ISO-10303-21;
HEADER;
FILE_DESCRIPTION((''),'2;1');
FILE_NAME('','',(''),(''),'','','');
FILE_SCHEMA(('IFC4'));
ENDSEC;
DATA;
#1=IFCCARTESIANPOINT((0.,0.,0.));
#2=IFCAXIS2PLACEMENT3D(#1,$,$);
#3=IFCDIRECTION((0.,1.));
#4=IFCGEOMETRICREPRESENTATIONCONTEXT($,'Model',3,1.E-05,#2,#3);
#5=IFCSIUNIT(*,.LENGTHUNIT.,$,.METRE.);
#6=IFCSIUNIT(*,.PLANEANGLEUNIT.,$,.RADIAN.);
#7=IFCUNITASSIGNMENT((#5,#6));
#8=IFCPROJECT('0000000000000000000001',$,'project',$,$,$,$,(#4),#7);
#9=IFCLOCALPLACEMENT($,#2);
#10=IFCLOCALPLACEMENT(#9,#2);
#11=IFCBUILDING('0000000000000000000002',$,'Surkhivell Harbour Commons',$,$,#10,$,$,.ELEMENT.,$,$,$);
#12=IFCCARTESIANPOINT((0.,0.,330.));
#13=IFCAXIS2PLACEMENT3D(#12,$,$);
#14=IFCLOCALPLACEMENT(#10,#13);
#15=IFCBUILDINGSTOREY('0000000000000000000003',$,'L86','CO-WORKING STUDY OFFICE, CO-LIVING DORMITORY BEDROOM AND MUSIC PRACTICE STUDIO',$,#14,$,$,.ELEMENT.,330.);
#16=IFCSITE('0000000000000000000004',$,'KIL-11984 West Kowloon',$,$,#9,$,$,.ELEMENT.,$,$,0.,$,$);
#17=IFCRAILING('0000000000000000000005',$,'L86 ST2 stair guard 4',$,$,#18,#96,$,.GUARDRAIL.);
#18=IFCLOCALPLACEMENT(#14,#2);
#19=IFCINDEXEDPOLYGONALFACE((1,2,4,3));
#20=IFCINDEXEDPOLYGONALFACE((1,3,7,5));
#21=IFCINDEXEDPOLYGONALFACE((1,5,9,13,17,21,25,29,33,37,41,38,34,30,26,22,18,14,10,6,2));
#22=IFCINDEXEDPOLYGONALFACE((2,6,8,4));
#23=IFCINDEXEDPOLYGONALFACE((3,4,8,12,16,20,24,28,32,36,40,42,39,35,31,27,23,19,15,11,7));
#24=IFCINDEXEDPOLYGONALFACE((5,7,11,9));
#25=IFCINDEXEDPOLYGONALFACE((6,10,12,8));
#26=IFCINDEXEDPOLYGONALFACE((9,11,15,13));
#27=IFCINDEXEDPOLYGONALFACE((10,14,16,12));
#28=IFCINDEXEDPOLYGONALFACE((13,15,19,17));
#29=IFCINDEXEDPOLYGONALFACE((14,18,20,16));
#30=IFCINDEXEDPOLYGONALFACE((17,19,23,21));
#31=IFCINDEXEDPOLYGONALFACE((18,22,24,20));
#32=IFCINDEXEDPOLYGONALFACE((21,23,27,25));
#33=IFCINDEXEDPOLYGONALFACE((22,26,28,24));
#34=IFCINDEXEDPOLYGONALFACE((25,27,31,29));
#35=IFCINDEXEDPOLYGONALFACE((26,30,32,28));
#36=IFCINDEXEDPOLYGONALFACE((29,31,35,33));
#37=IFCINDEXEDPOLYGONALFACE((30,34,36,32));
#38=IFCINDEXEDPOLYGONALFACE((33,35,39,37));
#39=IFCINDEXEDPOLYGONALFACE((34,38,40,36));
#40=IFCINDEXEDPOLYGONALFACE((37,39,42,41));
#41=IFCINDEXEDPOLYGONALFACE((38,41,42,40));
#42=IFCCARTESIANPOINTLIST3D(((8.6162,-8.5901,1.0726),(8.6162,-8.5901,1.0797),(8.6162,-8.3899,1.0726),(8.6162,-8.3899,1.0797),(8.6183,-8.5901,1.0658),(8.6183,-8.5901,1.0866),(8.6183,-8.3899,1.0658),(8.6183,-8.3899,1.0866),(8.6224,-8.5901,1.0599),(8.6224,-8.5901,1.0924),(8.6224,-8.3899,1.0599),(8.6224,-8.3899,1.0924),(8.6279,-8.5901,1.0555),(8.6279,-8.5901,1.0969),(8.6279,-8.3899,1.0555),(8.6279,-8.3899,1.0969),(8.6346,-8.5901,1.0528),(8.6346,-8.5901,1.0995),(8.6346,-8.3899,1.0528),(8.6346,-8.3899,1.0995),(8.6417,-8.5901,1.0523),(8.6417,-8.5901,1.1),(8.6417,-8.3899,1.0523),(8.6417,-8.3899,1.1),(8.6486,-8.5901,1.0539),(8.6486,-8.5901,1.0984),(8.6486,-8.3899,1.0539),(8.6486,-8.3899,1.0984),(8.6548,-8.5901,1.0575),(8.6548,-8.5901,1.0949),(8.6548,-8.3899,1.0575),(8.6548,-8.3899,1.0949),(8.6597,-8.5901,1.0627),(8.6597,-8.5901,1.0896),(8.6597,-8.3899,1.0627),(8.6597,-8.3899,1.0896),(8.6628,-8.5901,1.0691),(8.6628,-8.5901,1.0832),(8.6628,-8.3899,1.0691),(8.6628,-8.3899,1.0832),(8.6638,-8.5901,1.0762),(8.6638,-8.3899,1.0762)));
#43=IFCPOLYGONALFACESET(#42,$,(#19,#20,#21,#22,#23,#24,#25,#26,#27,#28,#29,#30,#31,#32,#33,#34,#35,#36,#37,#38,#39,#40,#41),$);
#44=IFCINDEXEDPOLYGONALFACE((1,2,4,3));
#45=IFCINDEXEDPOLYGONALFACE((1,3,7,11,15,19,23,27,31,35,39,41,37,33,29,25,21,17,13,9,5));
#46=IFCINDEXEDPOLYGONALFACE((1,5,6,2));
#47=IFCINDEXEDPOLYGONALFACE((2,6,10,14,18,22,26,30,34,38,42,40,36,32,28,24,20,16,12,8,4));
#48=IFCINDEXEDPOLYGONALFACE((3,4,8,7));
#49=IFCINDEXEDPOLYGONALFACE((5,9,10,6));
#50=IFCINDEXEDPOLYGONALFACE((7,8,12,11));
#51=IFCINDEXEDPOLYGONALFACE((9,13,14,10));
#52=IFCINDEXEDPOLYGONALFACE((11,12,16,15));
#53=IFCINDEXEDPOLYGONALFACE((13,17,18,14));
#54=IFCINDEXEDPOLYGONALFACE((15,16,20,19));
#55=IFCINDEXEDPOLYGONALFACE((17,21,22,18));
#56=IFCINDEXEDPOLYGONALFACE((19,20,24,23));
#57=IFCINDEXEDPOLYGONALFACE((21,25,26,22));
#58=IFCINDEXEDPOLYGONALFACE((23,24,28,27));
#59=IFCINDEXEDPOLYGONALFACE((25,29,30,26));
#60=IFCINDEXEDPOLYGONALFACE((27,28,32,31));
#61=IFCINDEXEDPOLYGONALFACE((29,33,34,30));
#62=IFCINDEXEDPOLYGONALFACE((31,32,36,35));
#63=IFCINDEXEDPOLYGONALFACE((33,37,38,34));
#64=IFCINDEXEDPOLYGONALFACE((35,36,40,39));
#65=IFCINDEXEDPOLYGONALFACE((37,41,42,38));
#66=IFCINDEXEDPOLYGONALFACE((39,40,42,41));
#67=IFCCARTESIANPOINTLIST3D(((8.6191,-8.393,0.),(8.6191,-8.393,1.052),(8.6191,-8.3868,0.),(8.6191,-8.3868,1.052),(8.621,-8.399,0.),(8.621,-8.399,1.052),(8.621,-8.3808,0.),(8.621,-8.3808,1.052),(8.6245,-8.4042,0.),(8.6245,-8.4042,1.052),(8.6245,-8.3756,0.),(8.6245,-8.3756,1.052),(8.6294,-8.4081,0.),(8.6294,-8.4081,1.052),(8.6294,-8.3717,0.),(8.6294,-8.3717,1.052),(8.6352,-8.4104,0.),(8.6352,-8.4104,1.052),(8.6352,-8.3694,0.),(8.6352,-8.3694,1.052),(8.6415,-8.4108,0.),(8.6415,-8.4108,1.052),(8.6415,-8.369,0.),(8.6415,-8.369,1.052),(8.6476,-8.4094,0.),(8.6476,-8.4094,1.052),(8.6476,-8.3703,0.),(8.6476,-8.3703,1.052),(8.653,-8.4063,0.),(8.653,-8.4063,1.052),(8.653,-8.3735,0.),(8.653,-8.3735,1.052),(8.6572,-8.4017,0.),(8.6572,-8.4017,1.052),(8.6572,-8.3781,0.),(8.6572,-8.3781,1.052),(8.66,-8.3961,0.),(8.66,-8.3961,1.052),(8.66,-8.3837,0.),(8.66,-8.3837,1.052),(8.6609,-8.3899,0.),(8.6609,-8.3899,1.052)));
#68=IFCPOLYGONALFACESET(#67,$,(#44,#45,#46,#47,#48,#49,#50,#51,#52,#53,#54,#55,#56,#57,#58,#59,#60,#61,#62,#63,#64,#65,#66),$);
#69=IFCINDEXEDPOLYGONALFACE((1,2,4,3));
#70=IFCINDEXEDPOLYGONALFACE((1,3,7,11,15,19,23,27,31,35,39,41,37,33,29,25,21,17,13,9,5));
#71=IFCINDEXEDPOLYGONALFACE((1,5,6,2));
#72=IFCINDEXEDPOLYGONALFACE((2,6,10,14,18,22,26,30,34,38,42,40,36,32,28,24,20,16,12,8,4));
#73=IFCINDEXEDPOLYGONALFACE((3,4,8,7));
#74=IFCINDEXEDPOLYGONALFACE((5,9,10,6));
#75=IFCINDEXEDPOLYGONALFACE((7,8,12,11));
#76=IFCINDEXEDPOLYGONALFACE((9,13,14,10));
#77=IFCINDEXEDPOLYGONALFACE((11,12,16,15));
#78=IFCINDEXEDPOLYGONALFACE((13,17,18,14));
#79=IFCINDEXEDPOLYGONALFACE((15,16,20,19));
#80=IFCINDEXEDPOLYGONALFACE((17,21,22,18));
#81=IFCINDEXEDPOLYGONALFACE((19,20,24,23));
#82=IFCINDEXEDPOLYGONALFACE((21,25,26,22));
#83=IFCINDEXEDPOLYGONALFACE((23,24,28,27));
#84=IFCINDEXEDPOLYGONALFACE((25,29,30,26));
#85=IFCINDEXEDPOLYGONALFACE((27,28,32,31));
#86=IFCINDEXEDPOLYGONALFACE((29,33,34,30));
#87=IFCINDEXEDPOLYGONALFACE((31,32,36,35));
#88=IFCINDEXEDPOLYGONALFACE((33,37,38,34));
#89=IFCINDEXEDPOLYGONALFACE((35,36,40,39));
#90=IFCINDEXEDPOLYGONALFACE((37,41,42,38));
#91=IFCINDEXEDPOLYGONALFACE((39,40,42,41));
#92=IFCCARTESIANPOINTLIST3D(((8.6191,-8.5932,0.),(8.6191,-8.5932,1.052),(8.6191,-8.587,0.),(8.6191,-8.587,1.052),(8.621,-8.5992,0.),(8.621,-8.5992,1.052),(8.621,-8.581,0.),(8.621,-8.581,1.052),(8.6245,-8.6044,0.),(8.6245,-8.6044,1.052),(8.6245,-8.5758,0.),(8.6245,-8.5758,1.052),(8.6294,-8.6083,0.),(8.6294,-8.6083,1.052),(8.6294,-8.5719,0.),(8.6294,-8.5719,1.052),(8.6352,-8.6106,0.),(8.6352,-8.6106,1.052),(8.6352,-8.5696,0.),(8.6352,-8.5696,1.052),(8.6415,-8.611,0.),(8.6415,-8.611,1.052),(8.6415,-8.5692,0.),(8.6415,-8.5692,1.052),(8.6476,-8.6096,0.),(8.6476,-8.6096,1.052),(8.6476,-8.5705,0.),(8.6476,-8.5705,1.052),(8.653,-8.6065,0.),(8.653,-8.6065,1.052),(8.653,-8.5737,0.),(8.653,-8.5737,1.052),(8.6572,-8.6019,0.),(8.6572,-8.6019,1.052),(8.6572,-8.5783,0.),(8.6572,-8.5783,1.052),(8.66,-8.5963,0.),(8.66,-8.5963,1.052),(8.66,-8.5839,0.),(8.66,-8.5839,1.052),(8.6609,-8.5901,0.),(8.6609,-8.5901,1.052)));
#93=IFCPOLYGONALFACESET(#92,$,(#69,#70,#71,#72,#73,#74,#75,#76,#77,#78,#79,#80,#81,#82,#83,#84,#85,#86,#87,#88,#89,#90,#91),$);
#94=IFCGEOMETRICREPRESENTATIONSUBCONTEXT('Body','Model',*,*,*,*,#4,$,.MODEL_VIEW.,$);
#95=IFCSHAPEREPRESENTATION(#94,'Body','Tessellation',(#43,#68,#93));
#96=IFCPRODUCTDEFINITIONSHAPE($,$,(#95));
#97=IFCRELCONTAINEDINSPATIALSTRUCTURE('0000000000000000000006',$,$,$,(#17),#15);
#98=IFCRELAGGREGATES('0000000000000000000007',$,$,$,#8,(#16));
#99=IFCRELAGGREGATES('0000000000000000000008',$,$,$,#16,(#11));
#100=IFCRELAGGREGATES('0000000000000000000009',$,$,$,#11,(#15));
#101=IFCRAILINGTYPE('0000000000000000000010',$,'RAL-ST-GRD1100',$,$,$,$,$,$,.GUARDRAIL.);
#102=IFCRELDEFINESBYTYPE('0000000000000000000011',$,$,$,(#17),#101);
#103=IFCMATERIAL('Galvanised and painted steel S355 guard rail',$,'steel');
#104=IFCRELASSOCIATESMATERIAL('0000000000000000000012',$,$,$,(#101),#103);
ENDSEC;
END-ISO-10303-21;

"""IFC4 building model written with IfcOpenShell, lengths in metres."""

from ifc_helpers import new_model, si_unit, direction, frame, origin, origin_2d, place, context, subcontext, project, spatial, circle, extrude, material, type_object, element, save


model = new_model("IFC4")

# Units and contexts
model_context = context("Model", 3, precision=1e-05, world=origin(), true_north=direction((0.0, 1.0)))
body_context = subcontext(model_context, "Body", "Model", "MODEL_VIEW")
ifc_project = project(units=[si_unit("LENGTHUNIT", "METRE"), si_unit("PLANEANGLEUNIT", "RADIAN")], contexts=[model_context])

# Site, building, storey
site_placement = place(None, origin())
site = spatial("IfcSite", under=ifc_project, at=site_placement, Name="KIL-11984 West Kowloon", CompositionType="ELEMENT", RefElevation=0.0)
building_placement = place(site_placement, origin())
building = spatial("IfcBuilding", under=site, at=building_placement, Name="Surkhivell Harbour Commons", CompositionType="ELEMENT")
storey_placement = place(building_placement, frame((0.0, 0.0, 330.0)))
storey = spatial("IfcBuildingStorey", under=building, at=storey_placement, Name="L86", Description="CO-WORKING STUDY OFFICE, CO-LIVING DORMITORY BEDROOM AND MUSIC PRACTICE STUDIO", CompositionType="ELEMENT", Elevation=330.0)

# Railing
ifc_material_1 = material(Name="Galvanised and painted steel S355 guard rail", Category="steel")
railing_type_1 = type_object("IfcRailingType", Name="RAL-ST-GRD1100", PredefinedType="GUARDRAIL", material=ifc_material_1)
railing_1_placement = place(storey_placement, frame((8.6399, -8.3899, 0.0)))
element("IfcRailing", 1, at=railing_1_placement, inside=storey, type_object=railing_type_1, Name="L86 ST2 stair guard 4", PredefinedType="GUARDRAIL", context=body_context, shape_type="SweptSolid", body=[
    extrude(circle(Radius=0.0239, at=origin_2d()), frame((0.0, 0.0, 1.0762), z_axis=(0.0, -1.0, 0.0), x_axis=(1.0, 0.0, 0.0)), (0.0, 0.0, 1.0), 0.2002),
    extrude(circle(Radius=0.021, at=origin_2d()), origin(), (0.0, 0.0, 1.0), 1.052),
    extrude(circle(Radius=0.021, at=origin_2d()), frame((0.0, -0.2002, 0.0)), (0.0, 0.0, 1.0), 1.052),
])

save(model, "model.ifc")
